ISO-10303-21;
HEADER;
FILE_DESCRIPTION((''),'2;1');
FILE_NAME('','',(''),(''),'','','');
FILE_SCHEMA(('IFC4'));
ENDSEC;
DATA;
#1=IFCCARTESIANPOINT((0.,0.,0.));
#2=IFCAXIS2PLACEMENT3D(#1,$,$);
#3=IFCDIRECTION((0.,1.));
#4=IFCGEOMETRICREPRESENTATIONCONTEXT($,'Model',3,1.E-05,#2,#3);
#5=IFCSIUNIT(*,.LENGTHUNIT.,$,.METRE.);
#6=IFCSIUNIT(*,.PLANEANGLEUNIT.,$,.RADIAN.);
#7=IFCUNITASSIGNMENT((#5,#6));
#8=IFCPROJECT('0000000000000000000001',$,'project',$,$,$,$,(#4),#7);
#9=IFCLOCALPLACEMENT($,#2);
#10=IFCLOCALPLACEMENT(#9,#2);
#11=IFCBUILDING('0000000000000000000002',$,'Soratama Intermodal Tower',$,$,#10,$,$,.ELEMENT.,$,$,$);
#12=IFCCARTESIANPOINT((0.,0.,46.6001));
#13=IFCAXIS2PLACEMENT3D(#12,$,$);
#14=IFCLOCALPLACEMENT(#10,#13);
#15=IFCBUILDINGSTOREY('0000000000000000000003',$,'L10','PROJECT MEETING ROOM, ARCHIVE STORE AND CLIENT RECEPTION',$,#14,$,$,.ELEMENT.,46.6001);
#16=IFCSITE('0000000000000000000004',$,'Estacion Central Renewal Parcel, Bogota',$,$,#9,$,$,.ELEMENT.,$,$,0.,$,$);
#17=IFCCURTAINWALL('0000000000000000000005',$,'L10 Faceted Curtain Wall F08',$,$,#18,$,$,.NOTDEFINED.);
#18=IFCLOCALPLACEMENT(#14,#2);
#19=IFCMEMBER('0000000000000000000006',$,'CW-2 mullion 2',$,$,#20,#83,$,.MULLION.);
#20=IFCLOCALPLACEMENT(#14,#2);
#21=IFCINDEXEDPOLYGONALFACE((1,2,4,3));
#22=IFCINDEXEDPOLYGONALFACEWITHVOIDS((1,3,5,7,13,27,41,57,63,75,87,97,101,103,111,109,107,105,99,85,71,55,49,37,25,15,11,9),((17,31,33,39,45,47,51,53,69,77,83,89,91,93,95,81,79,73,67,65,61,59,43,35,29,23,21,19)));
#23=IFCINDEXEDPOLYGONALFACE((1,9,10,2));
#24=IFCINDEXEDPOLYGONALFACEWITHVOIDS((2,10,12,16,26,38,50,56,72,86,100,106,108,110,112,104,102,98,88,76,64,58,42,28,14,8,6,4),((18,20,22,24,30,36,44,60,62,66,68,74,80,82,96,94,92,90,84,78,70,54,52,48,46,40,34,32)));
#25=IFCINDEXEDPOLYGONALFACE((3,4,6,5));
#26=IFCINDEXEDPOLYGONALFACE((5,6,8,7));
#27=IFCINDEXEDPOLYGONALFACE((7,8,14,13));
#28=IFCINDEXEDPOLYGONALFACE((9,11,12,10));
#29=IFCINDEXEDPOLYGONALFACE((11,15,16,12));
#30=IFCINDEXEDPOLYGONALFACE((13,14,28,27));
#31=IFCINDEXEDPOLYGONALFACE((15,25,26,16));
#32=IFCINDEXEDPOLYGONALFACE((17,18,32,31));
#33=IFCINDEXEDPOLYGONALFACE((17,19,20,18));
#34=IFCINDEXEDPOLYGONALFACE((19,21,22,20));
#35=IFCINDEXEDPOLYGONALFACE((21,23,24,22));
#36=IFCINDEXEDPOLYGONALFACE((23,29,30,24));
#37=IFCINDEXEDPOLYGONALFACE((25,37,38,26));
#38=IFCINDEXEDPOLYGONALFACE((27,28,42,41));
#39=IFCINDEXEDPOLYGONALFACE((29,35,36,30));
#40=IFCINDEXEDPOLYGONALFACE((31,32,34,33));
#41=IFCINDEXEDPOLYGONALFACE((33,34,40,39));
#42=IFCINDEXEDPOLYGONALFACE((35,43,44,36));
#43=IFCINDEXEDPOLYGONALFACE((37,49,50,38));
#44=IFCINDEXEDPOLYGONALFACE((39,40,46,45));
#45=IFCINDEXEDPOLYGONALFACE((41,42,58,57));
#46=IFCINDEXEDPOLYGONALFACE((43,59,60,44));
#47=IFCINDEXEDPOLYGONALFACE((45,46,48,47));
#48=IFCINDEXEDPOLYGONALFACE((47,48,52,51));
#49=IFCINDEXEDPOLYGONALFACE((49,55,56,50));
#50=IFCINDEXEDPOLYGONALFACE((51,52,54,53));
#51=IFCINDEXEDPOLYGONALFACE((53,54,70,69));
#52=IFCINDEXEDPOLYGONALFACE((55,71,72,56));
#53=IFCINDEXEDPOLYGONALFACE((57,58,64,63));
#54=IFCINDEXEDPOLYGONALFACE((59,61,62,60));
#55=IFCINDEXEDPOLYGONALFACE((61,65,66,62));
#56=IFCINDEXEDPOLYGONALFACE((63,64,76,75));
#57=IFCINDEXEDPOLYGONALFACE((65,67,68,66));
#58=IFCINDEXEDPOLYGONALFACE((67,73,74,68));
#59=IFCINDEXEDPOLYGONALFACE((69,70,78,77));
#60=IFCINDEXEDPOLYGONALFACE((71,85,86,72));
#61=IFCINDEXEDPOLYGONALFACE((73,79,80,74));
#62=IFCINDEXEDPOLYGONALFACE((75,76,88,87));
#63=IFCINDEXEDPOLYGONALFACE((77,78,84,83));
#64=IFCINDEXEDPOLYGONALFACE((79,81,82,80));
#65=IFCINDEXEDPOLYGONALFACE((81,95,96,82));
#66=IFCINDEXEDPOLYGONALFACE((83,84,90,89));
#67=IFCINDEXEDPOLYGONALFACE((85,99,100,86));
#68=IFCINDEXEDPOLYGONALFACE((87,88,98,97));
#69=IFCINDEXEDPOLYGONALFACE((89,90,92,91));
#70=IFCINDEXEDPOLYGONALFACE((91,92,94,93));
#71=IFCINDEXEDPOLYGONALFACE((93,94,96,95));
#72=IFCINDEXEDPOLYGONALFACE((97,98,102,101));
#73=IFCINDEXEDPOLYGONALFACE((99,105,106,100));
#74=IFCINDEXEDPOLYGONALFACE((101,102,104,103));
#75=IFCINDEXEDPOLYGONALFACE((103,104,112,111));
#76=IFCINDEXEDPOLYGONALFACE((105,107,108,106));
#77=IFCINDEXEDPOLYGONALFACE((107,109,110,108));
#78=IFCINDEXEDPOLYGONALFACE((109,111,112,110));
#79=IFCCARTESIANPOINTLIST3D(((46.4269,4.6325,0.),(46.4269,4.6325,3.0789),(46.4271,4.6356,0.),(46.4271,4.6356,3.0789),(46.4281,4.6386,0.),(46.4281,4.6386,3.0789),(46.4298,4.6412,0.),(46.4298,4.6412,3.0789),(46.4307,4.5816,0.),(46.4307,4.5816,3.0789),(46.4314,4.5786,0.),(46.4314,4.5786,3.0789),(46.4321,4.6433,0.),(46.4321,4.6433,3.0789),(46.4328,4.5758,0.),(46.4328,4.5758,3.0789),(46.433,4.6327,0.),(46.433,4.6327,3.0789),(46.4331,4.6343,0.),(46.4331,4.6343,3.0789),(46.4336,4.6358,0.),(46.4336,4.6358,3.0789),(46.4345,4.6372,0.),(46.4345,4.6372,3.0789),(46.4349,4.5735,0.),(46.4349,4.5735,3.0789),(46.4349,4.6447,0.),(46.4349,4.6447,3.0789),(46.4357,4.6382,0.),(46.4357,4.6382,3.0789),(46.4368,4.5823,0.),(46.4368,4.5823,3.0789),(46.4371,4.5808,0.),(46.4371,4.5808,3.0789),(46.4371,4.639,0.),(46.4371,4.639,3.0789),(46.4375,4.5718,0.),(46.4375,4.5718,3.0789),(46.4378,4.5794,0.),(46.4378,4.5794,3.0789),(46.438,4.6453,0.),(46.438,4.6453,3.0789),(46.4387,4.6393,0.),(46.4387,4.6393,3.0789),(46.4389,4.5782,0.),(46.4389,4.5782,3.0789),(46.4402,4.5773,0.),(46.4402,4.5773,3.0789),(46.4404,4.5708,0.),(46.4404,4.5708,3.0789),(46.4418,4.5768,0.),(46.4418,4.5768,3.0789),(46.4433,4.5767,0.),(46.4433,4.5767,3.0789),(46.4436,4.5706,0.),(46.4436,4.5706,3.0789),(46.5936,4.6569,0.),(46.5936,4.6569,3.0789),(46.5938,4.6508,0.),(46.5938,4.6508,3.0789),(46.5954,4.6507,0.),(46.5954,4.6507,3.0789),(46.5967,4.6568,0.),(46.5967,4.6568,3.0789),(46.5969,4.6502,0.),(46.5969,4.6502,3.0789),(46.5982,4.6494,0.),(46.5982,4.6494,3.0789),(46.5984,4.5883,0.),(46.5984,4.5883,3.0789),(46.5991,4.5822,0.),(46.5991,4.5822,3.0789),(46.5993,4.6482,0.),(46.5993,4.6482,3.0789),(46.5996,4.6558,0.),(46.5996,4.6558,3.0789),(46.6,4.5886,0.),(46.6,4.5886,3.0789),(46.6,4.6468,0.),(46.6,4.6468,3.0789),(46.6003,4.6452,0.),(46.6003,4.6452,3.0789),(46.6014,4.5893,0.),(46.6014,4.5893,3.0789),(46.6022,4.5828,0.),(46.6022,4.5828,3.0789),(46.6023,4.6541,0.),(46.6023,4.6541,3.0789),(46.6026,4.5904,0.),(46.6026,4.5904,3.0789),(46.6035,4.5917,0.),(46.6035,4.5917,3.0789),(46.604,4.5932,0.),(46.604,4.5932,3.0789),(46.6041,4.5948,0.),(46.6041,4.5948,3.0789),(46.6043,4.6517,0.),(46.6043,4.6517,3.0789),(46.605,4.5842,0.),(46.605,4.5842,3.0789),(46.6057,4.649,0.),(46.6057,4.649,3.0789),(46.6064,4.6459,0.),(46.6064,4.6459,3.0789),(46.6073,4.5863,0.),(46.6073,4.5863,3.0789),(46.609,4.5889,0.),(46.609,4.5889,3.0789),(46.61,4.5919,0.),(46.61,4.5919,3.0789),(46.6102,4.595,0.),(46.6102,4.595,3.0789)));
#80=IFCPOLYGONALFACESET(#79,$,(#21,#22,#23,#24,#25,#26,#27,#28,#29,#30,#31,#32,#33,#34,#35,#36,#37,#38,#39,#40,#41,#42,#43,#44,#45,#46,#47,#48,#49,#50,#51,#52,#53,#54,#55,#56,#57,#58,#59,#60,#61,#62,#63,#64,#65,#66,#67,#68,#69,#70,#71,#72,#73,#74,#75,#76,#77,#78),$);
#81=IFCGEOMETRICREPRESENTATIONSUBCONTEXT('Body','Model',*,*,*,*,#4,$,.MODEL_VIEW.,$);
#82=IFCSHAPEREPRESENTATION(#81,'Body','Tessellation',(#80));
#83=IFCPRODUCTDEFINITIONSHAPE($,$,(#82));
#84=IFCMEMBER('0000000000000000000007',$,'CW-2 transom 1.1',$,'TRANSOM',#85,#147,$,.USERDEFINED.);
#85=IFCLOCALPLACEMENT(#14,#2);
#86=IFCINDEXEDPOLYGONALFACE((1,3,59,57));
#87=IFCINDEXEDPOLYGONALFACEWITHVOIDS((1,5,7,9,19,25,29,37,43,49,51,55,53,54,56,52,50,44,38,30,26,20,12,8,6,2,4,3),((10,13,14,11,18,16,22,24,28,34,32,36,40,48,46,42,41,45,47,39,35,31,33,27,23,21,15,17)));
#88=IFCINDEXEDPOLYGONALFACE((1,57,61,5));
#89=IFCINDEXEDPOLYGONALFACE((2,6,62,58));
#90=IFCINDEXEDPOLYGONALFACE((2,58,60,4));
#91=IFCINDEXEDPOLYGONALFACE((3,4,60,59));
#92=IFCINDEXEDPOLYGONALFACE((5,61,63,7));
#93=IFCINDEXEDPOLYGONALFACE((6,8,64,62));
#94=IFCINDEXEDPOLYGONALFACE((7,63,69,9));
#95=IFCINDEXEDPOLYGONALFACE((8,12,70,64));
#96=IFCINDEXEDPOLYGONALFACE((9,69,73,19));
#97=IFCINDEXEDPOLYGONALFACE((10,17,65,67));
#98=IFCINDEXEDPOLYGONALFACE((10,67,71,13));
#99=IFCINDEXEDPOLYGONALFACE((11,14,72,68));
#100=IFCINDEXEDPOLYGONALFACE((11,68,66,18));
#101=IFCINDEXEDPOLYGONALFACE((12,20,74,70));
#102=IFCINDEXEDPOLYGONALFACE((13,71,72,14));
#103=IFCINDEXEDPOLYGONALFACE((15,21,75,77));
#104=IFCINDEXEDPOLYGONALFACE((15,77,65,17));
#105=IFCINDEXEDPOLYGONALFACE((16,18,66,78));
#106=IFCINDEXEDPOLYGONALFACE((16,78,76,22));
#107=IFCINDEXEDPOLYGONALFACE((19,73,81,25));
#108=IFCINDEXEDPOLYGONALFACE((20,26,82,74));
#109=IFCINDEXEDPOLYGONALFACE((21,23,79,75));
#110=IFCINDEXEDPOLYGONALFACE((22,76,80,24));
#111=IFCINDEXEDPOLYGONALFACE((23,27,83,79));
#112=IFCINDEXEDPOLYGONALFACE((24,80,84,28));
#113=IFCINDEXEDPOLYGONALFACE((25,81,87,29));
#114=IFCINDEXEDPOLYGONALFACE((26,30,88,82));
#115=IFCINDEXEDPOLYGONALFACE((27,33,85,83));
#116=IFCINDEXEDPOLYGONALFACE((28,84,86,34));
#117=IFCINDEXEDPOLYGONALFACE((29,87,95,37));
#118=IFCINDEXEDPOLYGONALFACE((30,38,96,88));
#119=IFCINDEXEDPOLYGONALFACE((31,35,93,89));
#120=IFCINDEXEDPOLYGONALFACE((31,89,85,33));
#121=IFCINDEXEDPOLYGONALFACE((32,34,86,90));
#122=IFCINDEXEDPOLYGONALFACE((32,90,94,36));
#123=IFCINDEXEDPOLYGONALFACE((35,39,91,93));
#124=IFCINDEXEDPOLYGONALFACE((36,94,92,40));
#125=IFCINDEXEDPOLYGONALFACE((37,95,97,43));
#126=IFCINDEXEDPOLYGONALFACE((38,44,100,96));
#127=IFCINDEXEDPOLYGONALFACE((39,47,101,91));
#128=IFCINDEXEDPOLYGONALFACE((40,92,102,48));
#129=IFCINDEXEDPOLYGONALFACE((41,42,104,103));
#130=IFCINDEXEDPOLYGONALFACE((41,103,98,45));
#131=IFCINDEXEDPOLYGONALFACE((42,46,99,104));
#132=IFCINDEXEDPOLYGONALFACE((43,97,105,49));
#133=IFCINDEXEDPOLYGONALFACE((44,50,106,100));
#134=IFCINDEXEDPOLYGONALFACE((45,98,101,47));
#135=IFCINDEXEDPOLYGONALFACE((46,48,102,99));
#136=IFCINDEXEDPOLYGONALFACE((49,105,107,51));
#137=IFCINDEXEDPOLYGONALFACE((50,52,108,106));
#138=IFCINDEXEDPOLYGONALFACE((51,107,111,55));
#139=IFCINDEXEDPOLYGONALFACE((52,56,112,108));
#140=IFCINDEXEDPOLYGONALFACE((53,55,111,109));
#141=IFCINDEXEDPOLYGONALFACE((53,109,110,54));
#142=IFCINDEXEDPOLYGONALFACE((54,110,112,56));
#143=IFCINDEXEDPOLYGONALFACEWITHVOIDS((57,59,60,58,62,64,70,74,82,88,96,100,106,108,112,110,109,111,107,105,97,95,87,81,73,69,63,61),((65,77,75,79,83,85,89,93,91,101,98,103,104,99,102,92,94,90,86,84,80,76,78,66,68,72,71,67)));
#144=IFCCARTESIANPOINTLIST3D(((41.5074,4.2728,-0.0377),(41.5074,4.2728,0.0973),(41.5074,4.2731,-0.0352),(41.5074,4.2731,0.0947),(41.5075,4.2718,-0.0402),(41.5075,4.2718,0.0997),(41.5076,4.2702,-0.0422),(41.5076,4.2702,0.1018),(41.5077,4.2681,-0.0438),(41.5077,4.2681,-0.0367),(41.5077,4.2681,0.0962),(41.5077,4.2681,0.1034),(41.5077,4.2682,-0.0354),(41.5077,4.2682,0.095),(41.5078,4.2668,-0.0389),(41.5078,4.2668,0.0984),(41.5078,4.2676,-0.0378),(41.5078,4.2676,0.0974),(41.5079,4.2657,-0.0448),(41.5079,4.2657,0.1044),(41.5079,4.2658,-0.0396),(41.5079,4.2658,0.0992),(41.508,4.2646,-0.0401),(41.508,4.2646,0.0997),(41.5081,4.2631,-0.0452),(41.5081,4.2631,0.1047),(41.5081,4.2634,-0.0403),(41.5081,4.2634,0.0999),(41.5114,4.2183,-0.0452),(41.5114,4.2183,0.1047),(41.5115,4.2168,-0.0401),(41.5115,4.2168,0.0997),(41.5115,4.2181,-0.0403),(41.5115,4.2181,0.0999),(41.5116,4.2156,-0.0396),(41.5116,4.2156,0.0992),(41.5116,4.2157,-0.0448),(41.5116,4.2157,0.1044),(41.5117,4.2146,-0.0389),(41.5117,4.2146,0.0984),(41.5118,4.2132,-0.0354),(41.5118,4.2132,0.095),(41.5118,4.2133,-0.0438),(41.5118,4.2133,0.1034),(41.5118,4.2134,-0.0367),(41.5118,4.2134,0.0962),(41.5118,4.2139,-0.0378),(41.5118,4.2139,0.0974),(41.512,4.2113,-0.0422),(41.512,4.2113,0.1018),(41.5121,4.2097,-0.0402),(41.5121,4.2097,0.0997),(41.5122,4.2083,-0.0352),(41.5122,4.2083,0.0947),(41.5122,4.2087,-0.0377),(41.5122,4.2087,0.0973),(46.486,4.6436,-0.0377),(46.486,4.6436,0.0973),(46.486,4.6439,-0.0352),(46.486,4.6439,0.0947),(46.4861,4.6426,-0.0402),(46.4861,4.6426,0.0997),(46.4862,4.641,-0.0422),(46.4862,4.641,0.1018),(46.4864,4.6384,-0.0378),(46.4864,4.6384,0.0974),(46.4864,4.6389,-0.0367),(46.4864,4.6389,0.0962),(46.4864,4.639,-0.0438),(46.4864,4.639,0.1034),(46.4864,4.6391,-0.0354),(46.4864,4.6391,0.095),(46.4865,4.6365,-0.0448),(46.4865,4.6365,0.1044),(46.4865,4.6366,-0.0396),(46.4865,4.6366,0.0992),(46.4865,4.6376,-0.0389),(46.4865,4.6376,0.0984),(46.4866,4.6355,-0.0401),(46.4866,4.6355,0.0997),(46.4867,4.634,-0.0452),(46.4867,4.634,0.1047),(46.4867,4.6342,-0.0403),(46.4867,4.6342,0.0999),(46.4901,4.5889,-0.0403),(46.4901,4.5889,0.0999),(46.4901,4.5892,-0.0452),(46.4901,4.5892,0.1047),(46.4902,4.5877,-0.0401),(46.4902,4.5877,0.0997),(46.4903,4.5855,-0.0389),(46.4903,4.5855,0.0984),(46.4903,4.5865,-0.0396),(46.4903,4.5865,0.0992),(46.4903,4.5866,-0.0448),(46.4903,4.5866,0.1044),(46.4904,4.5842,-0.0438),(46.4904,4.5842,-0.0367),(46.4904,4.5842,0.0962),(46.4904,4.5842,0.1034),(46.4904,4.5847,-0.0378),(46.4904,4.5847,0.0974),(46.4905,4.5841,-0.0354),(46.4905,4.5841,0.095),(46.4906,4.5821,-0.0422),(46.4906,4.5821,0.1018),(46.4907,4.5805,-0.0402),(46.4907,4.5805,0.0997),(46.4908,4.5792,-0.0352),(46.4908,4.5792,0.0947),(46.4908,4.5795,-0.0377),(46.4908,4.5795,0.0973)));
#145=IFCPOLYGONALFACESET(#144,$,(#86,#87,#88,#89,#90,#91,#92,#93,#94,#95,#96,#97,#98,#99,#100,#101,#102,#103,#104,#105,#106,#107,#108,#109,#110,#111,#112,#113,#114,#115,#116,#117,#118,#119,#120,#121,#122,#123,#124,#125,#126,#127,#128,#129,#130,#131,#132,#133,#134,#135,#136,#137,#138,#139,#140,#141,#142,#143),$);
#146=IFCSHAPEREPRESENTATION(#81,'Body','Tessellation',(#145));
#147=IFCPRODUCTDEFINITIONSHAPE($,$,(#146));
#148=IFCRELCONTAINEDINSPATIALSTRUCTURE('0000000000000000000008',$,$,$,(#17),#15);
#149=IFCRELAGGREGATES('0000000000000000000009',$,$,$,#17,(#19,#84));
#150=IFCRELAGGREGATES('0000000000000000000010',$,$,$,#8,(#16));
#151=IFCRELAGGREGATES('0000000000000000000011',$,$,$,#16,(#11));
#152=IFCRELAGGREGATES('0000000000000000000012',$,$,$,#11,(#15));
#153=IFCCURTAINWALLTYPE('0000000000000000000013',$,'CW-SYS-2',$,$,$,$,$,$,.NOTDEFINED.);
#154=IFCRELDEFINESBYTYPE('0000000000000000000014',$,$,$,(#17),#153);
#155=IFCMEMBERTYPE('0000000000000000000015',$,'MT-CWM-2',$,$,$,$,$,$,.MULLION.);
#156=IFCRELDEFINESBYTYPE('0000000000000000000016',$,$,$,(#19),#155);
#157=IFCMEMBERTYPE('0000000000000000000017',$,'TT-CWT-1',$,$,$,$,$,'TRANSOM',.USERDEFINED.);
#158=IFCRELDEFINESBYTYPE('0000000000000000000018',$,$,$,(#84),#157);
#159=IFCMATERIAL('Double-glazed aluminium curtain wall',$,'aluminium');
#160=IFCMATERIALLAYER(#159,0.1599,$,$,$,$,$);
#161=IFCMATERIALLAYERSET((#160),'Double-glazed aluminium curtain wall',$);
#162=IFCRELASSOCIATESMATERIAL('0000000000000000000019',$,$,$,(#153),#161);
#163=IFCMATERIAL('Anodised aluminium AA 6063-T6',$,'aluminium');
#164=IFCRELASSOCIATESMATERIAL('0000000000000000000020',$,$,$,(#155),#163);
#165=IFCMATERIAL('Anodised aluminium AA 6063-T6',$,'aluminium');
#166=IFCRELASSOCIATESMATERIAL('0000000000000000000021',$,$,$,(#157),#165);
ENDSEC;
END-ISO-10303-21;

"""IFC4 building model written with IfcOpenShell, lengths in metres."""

from ifc_helpers import new_model, si_unit, direction, frame, origin, origin_2d, place, context, subcontext, project, spatial, hollow_rectangle, extrude, material, layer, layer_set, material_profile, profile_set, type_object, element, aggregate, save


model = new_model("IFC4")

# Units and contexts
model_context = context("Model", 3, precision=1e-05, world=origin(), true_north=direction((0.0, 1.0)))
body_context = subcontext(model_context, "Body", "Model", "MODEL_VIEW")
ifc_project = project(units=[si_unit("LENGTHUNIT", "METRE"), si_unit("PLANEANGLEUNIT", "RADIAN")], contexts=[model_context])

# Site, building, storey
site_placement = place(None, origin())
site = spatial("IfcSite", under=ifc_project, at=site_placement, Name="Estacion Central Renewal Parcel, Bogota", CompositionType="ELEMENT", RefElevation=0.0)
building_placement = place(site_placement, origin())
building = spatial("IfcBuilding", under=site, at=building_placement, Name="Soratama Intermodal Tower", CompositionType="ELEMENT")
storey_placement = place(building_placement, frame((0.0, 0.0, 46.6001)))
storey = spatial("IfcBuildingStorey", under=building, at=storey_placement, Name="L10", Description="PROJECT MEETING ROOM, ARCHIVE STORE AND CLIENT RECEPTION", CompositionType="ELEMENT", Elevation=46.6001)

# Curtain wall, members
ifc_material_1 = material(Name="Double-glazed aluminium curtain wall", Category="aluminium")
ifc_layer_1 = layer(ifc_material_1, 0.1599)
ifc_layer_set_1 = layer_set([ifc_layer_1], Name="Double-glazed aluminium curtain wall")
curtain_wall_type = type_object("IfcCurtainWallType", Name="CW-SYS-2", PredefinedType="NOTDEFINED", material=ifc_layer_set_1)
curtain_wall_placement = place(storey_placement, origin())
curtain_wall = element("IfcCurtainWall", 1, at=curtain_wall_placement, inside=storey, type_object=curtain_wall_type, Name="L10 Faceted Curtain Wall F08", PredefinedType="NOTDEFINED")
ifc_material_2 = material(Name="Anodised aluminium AA 6063-T6", Category="aluminium")
ifc_material_profile_1 = material_profile(ifc_material_2, hollow_rectangle(XDim=0.075, YDim=0.1799, WallThickness=0.0061, InnerFilletRadius=0.0061, OuterFilletRadius=0.012, at=origin_2d()), Name="CWM180X75X6")
ifc_profile_set_1 = profile_set([ifc_material_profile_1], Name="Anodised aluminium AA 6063-T6")
member_type_1 = type_object("IfcMemberType", Name="MT-CWM-2", PredefinedType="MULLION", material=ifc_profile_set_1)
member_1_placement = place(storey_placement, frame((46.5186, 4.6138, 0.0), z_axis=(0.0, 0.0, 1.0), x_axis=(-0.074283, 0.997237, 0.0)))
member_1 = element("IfcMember", 2, at=member_1_placement, type_object=member_type_1, Name="CW-2 mullion 2", PredefinedType="MULLION", context=body_context, shape_type="SweptSolid", body=[
    extrude(hollow_rectangle(XDim=0.075, YDim=0.1799, WallThickness=0.0061, InnerFilletRadius=0.0061, OuterFilletRadius=0.012, at=origin_2d()), origin(), (0.0, 0.0, 1.0), 3.0789),
])
ifc_material_3 = material(Name="Anodised aluminium AA 6063-T6", Category="aluminium")
ifc_material_profile_2 = material_profile(ifc_material_3, hollow_rectangle(XDim=0.0649, YDim=0.1499, WallThickness=0.0049, InnerFilletRadius=0.0049, OuterFilletRadius=0.01, at=origin_2d()), Name="CWT150X65X5")
ifc_profile_set_2 = profile_set([ifc_material_profile_2], Name="Anodised aluminium AA 6063-T6")
member_type_2 = type_object("IfcMemberType", Name="TT-CWT-1", ElementType="TRANSOM", PredefinedType="USERDEFINED", material=ifc_profile_set_2)
member_2_placement = place(storey_placement, frame((41.5098, 4.2407, 0.0298), z_axis=(0.997237, 0.074281, 0.0), x_axis=(-0.074281, 0.997237, 0.0)))
member_2 = element("IfcMember", 3, at=member_2_placement, type_object=member_type_2, Name="CW-2 transom 1.1", ObjectType="TRANSOM", PredefinedType="USERDEFINED", context=body_context, shape_type="SweptSolid", body=[
    extrude(hollow_rectangle(XDim=0.0649, YDim=0.1499, WallThickness=0.0049, InnerFilletRadius=0.0049, OuterFilletRadius=0.01, at=origin_2d()), origin(), (0.0, 0.0, 1.0), 4.9924),
])
aggregate(curtain_wall, [member_1, member_2])

save(model, "model.ifc")
